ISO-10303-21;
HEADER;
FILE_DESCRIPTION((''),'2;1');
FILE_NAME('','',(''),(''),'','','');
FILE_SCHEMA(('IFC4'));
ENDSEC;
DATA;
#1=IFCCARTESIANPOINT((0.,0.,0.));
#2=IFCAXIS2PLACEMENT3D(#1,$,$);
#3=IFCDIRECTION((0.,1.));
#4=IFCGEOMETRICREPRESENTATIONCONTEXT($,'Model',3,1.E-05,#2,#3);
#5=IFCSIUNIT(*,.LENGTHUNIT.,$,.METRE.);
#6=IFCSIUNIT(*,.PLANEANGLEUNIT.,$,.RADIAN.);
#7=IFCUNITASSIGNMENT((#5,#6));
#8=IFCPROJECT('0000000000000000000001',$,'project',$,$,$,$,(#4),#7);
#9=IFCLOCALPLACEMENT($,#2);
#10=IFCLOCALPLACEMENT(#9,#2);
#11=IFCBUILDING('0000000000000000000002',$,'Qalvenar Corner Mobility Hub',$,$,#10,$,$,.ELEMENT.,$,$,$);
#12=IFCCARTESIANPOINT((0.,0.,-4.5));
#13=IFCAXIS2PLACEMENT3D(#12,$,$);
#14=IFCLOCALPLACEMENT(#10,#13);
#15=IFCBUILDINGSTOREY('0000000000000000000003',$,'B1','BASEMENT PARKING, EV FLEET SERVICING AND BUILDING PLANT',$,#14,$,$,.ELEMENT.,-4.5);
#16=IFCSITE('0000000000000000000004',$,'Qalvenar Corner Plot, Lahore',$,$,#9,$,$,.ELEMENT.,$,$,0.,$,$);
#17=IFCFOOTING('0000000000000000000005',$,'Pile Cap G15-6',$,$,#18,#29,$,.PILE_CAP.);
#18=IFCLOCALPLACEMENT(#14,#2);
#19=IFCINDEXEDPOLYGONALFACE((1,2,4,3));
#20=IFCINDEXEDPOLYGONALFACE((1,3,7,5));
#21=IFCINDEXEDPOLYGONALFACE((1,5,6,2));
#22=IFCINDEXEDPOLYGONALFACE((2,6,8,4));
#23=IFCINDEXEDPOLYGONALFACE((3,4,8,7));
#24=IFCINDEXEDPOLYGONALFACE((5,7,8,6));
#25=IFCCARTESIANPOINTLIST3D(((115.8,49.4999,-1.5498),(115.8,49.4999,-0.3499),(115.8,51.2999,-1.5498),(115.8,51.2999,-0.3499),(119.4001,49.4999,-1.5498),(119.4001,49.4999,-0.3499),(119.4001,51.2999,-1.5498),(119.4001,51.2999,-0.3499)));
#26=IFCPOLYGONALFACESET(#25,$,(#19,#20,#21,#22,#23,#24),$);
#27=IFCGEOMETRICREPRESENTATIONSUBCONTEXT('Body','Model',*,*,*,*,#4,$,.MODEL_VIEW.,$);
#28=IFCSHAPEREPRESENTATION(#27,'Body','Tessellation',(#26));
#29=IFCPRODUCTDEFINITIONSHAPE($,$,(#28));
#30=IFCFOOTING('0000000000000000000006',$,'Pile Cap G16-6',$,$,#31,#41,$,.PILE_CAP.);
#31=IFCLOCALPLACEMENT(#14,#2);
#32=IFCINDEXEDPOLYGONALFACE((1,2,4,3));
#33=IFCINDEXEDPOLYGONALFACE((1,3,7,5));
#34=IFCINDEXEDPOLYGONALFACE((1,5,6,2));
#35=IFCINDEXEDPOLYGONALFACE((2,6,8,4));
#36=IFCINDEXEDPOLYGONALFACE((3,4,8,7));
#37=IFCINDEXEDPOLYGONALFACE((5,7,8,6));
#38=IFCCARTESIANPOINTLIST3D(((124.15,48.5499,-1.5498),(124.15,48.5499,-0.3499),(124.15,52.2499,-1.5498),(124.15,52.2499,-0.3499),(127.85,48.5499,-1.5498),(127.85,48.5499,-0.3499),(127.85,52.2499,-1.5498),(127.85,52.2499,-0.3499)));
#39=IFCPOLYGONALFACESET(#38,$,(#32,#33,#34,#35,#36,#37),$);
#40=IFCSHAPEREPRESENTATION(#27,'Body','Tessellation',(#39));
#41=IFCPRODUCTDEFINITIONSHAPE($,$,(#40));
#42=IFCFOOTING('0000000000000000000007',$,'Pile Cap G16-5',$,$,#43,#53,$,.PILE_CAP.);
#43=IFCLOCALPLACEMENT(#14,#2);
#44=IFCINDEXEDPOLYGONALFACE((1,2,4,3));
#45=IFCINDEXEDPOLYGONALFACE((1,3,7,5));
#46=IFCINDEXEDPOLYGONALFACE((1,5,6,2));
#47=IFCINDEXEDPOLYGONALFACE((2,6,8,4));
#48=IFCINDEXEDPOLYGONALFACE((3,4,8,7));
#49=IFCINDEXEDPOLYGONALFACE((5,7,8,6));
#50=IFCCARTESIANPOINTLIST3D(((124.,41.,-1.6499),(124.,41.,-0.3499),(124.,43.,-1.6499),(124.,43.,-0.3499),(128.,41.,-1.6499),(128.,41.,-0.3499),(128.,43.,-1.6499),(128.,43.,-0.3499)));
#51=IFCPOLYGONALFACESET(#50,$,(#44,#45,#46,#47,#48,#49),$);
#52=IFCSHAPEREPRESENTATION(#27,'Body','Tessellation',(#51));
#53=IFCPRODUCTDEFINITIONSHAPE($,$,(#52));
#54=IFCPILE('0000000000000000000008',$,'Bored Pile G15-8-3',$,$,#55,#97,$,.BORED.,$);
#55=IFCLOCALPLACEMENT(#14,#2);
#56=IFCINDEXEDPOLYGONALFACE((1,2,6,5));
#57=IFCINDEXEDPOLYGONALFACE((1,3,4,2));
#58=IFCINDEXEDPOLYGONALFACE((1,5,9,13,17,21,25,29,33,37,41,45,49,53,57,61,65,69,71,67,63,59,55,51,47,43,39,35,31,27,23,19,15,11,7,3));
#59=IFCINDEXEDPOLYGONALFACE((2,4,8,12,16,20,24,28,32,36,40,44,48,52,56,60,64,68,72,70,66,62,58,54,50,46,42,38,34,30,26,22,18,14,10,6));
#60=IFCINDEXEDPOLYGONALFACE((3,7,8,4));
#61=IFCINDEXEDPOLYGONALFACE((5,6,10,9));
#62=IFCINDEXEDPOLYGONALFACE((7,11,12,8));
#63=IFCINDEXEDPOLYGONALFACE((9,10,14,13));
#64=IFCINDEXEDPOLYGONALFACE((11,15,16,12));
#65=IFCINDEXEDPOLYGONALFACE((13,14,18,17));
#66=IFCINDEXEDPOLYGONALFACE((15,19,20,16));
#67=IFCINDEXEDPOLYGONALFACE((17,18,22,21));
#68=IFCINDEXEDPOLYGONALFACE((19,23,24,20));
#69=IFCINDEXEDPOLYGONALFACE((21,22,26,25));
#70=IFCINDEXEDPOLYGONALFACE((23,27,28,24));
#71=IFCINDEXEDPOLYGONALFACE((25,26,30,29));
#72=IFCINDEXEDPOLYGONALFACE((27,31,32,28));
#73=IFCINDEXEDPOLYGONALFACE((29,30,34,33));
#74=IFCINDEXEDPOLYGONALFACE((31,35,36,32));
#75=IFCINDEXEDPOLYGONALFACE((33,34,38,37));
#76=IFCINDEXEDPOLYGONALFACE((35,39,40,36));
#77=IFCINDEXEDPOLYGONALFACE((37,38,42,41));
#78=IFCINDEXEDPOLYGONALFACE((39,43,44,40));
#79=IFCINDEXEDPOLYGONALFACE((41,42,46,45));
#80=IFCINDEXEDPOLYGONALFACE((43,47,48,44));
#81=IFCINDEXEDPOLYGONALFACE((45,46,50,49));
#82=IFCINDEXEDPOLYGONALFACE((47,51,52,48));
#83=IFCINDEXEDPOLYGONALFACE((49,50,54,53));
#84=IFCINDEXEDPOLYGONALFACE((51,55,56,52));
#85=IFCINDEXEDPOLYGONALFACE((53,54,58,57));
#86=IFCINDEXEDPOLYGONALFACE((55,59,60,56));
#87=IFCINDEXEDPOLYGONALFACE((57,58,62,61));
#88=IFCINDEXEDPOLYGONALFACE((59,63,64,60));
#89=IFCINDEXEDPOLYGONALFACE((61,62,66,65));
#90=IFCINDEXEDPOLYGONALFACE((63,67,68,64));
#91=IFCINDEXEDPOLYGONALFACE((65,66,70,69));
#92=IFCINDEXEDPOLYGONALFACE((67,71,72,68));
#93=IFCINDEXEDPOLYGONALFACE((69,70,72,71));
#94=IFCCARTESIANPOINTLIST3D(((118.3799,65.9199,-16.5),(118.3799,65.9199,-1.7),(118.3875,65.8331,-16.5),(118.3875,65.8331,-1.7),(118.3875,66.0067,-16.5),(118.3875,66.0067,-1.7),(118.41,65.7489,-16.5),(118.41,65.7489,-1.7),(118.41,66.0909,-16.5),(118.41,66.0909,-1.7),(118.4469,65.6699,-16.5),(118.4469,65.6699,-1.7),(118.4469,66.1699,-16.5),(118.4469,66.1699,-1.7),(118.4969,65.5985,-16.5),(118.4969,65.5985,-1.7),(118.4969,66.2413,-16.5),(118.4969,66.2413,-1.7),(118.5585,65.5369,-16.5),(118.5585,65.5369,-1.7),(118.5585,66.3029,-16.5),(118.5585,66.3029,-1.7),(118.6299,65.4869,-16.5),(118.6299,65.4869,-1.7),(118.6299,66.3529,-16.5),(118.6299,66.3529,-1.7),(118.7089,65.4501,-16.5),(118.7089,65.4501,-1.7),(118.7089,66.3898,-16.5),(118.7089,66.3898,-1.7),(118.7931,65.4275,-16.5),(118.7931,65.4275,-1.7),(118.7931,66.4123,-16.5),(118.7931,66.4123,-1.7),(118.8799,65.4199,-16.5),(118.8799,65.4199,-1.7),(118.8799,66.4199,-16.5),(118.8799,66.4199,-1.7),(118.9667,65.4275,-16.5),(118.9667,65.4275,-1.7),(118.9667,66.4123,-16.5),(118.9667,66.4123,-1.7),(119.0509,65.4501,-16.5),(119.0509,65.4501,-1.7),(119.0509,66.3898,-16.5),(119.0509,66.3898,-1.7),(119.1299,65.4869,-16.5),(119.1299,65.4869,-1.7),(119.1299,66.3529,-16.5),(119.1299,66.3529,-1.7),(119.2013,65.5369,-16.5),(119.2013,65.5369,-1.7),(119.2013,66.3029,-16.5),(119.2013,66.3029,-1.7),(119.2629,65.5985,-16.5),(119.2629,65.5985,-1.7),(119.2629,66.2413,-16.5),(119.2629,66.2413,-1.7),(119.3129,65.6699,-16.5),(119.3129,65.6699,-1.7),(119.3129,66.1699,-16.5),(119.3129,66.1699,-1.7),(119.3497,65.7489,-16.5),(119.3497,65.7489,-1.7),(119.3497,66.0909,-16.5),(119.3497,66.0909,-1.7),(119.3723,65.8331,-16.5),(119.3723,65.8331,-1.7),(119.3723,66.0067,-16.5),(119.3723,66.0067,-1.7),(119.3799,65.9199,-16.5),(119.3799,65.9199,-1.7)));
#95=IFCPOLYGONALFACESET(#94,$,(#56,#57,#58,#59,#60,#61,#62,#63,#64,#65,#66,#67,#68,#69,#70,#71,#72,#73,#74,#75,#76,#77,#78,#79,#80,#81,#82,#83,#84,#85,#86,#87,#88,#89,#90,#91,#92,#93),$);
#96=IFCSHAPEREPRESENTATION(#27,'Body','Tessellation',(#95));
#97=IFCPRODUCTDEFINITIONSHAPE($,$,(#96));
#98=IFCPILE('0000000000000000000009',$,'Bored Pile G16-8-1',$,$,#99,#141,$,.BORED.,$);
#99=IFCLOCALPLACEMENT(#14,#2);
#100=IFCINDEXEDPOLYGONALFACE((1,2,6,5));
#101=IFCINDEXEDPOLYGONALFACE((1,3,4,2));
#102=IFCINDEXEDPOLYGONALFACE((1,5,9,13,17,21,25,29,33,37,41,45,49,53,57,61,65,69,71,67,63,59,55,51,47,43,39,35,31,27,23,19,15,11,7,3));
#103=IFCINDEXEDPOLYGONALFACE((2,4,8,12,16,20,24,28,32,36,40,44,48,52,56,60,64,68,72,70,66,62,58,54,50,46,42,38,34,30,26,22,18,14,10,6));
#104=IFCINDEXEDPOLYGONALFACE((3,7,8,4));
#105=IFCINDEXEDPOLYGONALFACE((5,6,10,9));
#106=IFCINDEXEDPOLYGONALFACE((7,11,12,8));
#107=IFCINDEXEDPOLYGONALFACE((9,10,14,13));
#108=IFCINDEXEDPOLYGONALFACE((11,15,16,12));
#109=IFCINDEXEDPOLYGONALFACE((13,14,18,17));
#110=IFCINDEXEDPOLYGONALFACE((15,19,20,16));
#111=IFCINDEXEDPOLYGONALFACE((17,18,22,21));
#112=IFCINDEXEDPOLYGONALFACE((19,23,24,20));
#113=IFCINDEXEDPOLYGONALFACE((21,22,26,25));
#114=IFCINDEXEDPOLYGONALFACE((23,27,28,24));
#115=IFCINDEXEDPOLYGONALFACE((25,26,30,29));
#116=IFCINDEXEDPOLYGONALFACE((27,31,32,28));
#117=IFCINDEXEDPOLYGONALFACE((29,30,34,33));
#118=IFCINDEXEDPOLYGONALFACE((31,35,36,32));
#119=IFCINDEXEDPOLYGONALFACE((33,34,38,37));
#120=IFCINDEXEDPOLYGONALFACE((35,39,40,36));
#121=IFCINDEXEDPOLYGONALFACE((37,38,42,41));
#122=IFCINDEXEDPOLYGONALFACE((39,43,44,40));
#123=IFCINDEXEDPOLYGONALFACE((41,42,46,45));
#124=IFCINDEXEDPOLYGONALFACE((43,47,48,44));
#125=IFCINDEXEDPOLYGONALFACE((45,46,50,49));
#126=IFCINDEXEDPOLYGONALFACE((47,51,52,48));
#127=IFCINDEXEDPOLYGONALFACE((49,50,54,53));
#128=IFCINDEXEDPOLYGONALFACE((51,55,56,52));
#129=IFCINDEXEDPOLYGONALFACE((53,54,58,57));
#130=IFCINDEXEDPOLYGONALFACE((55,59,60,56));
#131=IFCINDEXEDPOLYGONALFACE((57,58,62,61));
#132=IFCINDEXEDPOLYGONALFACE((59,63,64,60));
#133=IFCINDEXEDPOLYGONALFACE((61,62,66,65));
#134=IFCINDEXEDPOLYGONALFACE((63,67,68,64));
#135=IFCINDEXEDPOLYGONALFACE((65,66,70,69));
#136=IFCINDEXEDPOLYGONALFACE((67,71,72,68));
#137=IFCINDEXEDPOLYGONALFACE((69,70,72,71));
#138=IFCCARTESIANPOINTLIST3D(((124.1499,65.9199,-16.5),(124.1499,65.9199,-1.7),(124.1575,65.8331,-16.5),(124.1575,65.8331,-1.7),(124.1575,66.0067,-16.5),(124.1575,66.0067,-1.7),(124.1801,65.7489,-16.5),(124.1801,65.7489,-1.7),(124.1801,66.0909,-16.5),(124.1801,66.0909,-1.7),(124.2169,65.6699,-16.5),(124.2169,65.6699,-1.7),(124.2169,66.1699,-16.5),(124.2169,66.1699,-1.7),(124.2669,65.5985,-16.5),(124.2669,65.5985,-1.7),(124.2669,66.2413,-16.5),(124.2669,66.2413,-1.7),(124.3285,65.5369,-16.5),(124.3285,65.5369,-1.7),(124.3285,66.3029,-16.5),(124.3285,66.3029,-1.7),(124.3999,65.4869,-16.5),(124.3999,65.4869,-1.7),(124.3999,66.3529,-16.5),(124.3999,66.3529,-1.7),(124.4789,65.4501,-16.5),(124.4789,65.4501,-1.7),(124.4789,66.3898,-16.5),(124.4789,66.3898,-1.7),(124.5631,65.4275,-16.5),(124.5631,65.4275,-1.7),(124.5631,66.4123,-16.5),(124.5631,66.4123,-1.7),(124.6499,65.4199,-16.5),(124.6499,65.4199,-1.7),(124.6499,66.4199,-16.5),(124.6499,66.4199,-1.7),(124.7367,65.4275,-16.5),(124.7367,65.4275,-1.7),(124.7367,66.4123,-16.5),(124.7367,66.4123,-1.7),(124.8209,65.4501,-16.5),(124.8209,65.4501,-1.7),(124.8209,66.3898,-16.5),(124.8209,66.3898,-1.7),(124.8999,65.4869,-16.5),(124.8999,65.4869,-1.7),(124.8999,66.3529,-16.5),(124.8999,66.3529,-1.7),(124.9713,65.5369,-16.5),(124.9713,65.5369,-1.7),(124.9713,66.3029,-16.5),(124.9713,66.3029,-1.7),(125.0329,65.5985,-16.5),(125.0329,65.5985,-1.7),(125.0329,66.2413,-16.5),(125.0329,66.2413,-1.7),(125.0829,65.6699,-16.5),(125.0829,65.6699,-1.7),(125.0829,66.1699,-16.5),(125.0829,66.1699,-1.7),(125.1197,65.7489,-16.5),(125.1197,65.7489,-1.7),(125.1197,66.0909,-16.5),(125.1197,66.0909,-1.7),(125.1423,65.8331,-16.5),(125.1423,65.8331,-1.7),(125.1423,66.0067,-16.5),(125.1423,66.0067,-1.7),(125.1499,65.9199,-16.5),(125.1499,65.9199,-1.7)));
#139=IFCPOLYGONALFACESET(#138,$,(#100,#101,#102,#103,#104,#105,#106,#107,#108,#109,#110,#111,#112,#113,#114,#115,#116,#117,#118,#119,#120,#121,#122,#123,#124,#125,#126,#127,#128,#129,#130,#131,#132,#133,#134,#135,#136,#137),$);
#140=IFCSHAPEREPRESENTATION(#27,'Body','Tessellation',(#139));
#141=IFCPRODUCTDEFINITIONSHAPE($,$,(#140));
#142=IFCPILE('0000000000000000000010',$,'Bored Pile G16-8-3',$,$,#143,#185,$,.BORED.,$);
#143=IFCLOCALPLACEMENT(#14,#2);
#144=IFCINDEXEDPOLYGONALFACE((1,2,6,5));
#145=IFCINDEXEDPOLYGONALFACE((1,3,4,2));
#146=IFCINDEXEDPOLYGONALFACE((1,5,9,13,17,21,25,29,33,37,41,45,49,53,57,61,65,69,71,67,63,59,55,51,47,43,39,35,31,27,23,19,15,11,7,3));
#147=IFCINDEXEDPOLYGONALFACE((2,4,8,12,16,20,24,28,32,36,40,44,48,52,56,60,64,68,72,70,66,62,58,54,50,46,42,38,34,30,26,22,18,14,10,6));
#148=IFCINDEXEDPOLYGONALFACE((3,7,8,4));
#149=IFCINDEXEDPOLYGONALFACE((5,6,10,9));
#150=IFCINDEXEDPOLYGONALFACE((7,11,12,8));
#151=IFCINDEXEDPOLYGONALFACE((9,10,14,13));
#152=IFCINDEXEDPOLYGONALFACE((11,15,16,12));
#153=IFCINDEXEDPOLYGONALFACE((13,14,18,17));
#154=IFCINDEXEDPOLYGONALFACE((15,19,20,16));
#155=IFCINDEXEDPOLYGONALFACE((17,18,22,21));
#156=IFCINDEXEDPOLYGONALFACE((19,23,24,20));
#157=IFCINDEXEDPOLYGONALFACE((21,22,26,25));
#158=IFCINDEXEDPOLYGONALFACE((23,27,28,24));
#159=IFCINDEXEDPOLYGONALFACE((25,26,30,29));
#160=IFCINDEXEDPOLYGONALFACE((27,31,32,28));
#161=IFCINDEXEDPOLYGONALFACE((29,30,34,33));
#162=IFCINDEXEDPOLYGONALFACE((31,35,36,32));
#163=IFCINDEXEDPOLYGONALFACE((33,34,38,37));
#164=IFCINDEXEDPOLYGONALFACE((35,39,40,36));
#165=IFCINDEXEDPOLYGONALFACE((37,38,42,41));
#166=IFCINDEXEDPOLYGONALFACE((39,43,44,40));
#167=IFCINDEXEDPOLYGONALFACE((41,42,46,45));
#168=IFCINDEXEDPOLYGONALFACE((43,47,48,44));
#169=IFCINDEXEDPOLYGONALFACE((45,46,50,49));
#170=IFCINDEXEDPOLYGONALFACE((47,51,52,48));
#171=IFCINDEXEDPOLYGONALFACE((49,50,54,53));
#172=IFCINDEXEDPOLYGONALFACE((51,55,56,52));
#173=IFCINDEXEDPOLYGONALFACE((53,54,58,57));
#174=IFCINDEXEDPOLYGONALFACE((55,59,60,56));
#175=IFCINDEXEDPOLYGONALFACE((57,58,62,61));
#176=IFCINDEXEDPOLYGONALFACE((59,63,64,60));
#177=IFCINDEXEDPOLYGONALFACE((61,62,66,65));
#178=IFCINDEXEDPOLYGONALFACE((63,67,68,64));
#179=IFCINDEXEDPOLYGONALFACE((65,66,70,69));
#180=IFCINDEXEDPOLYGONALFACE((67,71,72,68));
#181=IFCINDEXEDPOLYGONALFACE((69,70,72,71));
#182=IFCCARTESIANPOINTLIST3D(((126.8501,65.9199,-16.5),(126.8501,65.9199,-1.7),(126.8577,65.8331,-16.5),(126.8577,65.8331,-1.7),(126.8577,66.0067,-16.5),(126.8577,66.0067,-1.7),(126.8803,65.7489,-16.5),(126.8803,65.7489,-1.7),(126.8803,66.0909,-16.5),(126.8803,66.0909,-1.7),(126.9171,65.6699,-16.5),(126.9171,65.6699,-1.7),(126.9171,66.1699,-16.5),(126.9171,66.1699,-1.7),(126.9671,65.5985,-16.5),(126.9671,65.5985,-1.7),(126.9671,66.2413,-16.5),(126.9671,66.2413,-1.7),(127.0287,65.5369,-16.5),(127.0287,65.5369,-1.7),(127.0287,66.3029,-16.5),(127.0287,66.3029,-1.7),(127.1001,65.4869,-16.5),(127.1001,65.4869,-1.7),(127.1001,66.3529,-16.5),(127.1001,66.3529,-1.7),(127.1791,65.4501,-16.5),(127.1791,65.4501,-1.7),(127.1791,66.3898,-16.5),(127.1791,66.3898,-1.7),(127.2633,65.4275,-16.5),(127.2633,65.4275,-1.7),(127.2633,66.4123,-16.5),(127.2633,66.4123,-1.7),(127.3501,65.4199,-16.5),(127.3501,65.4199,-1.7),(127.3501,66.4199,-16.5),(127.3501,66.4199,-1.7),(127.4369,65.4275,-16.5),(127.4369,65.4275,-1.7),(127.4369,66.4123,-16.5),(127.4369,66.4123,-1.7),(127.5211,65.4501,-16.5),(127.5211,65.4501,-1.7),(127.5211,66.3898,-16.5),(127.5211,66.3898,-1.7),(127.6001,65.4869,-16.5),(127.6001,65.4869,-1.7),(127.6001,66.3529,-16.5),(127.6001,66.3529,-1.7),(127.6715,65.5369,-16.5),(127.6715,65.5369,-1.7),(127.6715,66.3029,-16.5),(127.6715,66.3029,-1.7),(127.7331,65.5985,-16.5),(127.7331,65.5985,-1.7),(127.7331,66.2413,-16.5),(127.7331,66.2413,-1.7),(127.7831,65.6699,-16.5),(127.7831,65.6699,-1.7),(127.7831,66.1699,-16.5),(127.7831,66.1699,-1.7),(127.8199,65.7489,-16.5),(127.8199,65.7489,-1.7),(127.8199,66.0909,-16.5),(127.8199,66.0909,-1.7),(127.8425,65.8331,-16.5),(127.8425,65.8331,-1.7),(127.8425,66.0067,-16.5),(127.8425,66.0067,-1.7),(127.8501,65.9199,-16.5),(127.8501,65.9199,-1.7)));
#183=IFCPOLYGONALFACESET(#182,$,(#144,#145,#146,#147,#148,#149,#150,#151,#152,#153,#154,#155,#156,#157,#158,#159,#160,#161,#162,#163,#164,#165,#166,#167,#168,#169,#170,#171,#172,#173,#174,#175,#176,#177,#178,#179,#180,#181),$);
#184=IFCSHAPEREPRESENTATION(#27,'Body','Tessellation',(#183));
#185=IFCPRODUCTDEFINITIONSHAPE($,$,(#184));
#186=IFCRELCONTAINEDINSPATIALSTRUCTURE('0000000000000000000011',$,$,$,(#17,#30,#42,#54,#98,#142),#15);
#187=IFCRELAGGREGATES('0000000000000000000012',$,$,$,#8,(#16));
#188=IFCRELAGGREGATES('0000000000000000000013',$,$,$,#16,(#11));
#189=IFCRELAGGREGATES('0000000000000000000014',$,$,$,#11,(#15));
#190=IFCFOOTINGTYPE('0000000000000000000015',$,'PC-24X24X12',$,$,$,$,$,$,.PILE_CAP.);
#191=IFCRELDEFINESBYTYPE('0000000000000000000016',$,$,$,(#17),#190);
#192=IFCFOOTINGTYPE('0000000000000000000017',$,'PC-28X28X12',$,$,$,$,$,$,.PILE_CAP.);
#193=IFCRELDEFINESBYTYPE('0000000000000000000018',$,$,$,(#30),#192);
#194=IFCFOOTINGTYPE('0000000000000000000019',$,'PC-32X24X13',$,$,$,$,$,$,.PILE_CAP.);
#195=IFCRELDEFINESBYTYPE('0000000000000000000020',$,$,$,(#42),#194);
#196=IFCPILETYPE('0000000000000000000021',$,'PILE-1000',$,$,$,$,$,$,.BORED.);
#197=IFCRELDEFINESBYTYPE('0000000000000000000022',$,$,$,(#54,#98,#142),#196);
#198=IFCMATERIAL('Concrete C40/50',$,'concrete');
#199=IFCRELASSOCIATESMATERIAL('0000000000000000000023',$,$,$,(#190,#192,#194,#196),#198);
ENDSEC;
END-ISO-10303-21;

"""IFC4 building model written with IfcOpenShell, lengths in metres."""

from ifc_helpers import new_model, si_unit, direction, frame, origin, origin_2d, place, context, subcontext, project, spatial, rectangle, circle, extrude, material, material_profile, profile_set, type_object, element, save


model = new_model("IFC4")

# Units and contexts
model_context = context("Model", 3, precision=1e-05, world=origin(), true_north=direction((0.0, 1.0)))
body_context = subcontext(model_context, "Body", "Model", "MODEL_VIEW")
ifc_project = project(units=[si_unit("LENGTHUNIT", "METRE"), si_unit("PLANEANGLEUNIT", "RADIAN")], contexts=[model_context])

# Site, building, storey
site_placement = place(None, origin())
site = spatial("IfcSite", under=ifc_project, at=site_placement, Name="Qalvenar Corner Plot, Lahore", CompositionType="ELEMENT", RefElevation=0.0)
building_placement = place(site_placement, origin())
building = spatial("IfcBuilding", under=site, at=building_placement, Name="Qalvenar Corner Mobility Hub", CompositionType="ELEMENT")
storey_placement = place(building_placement, frame((0.0, 0.0, -4.5)))
storey = spatial("IfcBuildingStorey", under=building, at=storey_placement, Name="B1", Description="BASEMENT PARKING, EV FLEET SERVICING AND BUILDING PLANT", CompositionType="ELEMENT", Elevation=-4.5)

# Footings
ifc_material_1 = material(Name="Concrete C40/50", Category="concrete")
footing_type_1 = type_object("IfcFootingType", Name="PC-24X24X12", PredefinedType="PILE_CAP", material=ifc_material_1)
footing_1_placement = place(storey_placement, frame((117.6001, 50.3999, -1.5498), z_axis=(0.0, 0.0, 1.0), x_axis=(1.0, 0.0, 0.0)))
element("IfcFooting", 1, at=footing_1_placement, inside=storey, type_object=footing_type_1, Name="Pile Cap G15-6", PredefinedType="PILE_CAP", context=body_context, shape_type="SweptSolid", body=[
    extrude(rectangle(XDim=3.6001, YDim=1.8, at=origin_2d()), origin(), (0.0, 0.0, 1.0), 1.2),
])
footing_type_2 = type_object("IfcFootingType", Name="PC-28X28X12", PredefinedType="PILE_CAP", material=ifc_material_1)
footing_2_placement = place(storey_placement, frame((126.0, 50.3999, -1.5498), z_axis=(0.0, 0.0, 1.0), x_axis=(1.0, 0.0, 0.0)))
element("IfcFooting", 2, at=footing_2_placement, inside=storey, type_object=footing_type_2, Name="Pile Cap G16-6", PredefinedType="PILE_CAP", context=body_context, shape_type="SweptSolid", body=[
    extrude(rectangle(XDim=3.7, YDim=3.7, at=origin_2d()), origin(), (0.0, 0.0, 1.0), 1.2),
])
footing_type_3 = type_object("IfcFootingType", Name="PC-32X24X13", PredefinedType="PILE_CAP", material=ifc_material_1)
footing_3_placement = place(storey_placement, frame((126.0, 42.0, -1.6499), z_axis=(0.0, 0.0, 1.0), x_axis=(1.0, 0.0, 0.0)))
element("IfcFooting", 3, at=footing_3_placement, inside=storey, type_object=footing_type_3, Name="Pile Cap G16-5", PredefinedType="PILE_CAP", context=body_context, shape_type="SweptSolid", body=[
    extrude(rectangle(XDim=4.0, YDim=2.0, at=origin_2d()), origin(), (0.0, 0.0, 1.0), 1.3),
])

# Piles
ifc_material_profile_1 = material_profile(ifc_material_1, circle(Radius=0.5, at=origin_2d()), Name="DIA1000")
ifc_profile_set_1 = profile_set([ifc_material_profile_1], Name="Concrete C40/50")
pile_type_1 = type_object("IfcPileType", Name="PILE-1000", PredefinedType="BORED", material=ifc_profile_set_1)
for number, where, z_axis, x_axis, name in (
    (4, (118.8799, 65.9199, -1.7), (0.0, 0.0, -1.0), (1.0, 0.0, 0.0), "Bored Pile G15-8-3"),
    (5, (124.6499, 65.9199, -1.7), (0.0, 0.0, -1.0), (1.0, 0.0, 0.0), "Bored Pile G16-8-1"),
    (6, (127.3501, 65.9199, -1.7), (0.0, 0.0, -1.0), (1.0, 0.0, 0.0), "Bored Pile G16-8-3"),
):
    element("IfcPile", number, at=place(storey_placement, frame(where, z_axis=z_axis, x_axis=x_axis)), inside=storey, type_object=pile_type_1, Name=name, PredefinedType="BORED", context=body_context, shape_type="SweptSolid", body=[
        extrude(circle(Radius=0.5, at=origin_2d()), origin(), (0.0, 0.0, 1.0), 14.8),
    ])

save(model, "model.ifc")
